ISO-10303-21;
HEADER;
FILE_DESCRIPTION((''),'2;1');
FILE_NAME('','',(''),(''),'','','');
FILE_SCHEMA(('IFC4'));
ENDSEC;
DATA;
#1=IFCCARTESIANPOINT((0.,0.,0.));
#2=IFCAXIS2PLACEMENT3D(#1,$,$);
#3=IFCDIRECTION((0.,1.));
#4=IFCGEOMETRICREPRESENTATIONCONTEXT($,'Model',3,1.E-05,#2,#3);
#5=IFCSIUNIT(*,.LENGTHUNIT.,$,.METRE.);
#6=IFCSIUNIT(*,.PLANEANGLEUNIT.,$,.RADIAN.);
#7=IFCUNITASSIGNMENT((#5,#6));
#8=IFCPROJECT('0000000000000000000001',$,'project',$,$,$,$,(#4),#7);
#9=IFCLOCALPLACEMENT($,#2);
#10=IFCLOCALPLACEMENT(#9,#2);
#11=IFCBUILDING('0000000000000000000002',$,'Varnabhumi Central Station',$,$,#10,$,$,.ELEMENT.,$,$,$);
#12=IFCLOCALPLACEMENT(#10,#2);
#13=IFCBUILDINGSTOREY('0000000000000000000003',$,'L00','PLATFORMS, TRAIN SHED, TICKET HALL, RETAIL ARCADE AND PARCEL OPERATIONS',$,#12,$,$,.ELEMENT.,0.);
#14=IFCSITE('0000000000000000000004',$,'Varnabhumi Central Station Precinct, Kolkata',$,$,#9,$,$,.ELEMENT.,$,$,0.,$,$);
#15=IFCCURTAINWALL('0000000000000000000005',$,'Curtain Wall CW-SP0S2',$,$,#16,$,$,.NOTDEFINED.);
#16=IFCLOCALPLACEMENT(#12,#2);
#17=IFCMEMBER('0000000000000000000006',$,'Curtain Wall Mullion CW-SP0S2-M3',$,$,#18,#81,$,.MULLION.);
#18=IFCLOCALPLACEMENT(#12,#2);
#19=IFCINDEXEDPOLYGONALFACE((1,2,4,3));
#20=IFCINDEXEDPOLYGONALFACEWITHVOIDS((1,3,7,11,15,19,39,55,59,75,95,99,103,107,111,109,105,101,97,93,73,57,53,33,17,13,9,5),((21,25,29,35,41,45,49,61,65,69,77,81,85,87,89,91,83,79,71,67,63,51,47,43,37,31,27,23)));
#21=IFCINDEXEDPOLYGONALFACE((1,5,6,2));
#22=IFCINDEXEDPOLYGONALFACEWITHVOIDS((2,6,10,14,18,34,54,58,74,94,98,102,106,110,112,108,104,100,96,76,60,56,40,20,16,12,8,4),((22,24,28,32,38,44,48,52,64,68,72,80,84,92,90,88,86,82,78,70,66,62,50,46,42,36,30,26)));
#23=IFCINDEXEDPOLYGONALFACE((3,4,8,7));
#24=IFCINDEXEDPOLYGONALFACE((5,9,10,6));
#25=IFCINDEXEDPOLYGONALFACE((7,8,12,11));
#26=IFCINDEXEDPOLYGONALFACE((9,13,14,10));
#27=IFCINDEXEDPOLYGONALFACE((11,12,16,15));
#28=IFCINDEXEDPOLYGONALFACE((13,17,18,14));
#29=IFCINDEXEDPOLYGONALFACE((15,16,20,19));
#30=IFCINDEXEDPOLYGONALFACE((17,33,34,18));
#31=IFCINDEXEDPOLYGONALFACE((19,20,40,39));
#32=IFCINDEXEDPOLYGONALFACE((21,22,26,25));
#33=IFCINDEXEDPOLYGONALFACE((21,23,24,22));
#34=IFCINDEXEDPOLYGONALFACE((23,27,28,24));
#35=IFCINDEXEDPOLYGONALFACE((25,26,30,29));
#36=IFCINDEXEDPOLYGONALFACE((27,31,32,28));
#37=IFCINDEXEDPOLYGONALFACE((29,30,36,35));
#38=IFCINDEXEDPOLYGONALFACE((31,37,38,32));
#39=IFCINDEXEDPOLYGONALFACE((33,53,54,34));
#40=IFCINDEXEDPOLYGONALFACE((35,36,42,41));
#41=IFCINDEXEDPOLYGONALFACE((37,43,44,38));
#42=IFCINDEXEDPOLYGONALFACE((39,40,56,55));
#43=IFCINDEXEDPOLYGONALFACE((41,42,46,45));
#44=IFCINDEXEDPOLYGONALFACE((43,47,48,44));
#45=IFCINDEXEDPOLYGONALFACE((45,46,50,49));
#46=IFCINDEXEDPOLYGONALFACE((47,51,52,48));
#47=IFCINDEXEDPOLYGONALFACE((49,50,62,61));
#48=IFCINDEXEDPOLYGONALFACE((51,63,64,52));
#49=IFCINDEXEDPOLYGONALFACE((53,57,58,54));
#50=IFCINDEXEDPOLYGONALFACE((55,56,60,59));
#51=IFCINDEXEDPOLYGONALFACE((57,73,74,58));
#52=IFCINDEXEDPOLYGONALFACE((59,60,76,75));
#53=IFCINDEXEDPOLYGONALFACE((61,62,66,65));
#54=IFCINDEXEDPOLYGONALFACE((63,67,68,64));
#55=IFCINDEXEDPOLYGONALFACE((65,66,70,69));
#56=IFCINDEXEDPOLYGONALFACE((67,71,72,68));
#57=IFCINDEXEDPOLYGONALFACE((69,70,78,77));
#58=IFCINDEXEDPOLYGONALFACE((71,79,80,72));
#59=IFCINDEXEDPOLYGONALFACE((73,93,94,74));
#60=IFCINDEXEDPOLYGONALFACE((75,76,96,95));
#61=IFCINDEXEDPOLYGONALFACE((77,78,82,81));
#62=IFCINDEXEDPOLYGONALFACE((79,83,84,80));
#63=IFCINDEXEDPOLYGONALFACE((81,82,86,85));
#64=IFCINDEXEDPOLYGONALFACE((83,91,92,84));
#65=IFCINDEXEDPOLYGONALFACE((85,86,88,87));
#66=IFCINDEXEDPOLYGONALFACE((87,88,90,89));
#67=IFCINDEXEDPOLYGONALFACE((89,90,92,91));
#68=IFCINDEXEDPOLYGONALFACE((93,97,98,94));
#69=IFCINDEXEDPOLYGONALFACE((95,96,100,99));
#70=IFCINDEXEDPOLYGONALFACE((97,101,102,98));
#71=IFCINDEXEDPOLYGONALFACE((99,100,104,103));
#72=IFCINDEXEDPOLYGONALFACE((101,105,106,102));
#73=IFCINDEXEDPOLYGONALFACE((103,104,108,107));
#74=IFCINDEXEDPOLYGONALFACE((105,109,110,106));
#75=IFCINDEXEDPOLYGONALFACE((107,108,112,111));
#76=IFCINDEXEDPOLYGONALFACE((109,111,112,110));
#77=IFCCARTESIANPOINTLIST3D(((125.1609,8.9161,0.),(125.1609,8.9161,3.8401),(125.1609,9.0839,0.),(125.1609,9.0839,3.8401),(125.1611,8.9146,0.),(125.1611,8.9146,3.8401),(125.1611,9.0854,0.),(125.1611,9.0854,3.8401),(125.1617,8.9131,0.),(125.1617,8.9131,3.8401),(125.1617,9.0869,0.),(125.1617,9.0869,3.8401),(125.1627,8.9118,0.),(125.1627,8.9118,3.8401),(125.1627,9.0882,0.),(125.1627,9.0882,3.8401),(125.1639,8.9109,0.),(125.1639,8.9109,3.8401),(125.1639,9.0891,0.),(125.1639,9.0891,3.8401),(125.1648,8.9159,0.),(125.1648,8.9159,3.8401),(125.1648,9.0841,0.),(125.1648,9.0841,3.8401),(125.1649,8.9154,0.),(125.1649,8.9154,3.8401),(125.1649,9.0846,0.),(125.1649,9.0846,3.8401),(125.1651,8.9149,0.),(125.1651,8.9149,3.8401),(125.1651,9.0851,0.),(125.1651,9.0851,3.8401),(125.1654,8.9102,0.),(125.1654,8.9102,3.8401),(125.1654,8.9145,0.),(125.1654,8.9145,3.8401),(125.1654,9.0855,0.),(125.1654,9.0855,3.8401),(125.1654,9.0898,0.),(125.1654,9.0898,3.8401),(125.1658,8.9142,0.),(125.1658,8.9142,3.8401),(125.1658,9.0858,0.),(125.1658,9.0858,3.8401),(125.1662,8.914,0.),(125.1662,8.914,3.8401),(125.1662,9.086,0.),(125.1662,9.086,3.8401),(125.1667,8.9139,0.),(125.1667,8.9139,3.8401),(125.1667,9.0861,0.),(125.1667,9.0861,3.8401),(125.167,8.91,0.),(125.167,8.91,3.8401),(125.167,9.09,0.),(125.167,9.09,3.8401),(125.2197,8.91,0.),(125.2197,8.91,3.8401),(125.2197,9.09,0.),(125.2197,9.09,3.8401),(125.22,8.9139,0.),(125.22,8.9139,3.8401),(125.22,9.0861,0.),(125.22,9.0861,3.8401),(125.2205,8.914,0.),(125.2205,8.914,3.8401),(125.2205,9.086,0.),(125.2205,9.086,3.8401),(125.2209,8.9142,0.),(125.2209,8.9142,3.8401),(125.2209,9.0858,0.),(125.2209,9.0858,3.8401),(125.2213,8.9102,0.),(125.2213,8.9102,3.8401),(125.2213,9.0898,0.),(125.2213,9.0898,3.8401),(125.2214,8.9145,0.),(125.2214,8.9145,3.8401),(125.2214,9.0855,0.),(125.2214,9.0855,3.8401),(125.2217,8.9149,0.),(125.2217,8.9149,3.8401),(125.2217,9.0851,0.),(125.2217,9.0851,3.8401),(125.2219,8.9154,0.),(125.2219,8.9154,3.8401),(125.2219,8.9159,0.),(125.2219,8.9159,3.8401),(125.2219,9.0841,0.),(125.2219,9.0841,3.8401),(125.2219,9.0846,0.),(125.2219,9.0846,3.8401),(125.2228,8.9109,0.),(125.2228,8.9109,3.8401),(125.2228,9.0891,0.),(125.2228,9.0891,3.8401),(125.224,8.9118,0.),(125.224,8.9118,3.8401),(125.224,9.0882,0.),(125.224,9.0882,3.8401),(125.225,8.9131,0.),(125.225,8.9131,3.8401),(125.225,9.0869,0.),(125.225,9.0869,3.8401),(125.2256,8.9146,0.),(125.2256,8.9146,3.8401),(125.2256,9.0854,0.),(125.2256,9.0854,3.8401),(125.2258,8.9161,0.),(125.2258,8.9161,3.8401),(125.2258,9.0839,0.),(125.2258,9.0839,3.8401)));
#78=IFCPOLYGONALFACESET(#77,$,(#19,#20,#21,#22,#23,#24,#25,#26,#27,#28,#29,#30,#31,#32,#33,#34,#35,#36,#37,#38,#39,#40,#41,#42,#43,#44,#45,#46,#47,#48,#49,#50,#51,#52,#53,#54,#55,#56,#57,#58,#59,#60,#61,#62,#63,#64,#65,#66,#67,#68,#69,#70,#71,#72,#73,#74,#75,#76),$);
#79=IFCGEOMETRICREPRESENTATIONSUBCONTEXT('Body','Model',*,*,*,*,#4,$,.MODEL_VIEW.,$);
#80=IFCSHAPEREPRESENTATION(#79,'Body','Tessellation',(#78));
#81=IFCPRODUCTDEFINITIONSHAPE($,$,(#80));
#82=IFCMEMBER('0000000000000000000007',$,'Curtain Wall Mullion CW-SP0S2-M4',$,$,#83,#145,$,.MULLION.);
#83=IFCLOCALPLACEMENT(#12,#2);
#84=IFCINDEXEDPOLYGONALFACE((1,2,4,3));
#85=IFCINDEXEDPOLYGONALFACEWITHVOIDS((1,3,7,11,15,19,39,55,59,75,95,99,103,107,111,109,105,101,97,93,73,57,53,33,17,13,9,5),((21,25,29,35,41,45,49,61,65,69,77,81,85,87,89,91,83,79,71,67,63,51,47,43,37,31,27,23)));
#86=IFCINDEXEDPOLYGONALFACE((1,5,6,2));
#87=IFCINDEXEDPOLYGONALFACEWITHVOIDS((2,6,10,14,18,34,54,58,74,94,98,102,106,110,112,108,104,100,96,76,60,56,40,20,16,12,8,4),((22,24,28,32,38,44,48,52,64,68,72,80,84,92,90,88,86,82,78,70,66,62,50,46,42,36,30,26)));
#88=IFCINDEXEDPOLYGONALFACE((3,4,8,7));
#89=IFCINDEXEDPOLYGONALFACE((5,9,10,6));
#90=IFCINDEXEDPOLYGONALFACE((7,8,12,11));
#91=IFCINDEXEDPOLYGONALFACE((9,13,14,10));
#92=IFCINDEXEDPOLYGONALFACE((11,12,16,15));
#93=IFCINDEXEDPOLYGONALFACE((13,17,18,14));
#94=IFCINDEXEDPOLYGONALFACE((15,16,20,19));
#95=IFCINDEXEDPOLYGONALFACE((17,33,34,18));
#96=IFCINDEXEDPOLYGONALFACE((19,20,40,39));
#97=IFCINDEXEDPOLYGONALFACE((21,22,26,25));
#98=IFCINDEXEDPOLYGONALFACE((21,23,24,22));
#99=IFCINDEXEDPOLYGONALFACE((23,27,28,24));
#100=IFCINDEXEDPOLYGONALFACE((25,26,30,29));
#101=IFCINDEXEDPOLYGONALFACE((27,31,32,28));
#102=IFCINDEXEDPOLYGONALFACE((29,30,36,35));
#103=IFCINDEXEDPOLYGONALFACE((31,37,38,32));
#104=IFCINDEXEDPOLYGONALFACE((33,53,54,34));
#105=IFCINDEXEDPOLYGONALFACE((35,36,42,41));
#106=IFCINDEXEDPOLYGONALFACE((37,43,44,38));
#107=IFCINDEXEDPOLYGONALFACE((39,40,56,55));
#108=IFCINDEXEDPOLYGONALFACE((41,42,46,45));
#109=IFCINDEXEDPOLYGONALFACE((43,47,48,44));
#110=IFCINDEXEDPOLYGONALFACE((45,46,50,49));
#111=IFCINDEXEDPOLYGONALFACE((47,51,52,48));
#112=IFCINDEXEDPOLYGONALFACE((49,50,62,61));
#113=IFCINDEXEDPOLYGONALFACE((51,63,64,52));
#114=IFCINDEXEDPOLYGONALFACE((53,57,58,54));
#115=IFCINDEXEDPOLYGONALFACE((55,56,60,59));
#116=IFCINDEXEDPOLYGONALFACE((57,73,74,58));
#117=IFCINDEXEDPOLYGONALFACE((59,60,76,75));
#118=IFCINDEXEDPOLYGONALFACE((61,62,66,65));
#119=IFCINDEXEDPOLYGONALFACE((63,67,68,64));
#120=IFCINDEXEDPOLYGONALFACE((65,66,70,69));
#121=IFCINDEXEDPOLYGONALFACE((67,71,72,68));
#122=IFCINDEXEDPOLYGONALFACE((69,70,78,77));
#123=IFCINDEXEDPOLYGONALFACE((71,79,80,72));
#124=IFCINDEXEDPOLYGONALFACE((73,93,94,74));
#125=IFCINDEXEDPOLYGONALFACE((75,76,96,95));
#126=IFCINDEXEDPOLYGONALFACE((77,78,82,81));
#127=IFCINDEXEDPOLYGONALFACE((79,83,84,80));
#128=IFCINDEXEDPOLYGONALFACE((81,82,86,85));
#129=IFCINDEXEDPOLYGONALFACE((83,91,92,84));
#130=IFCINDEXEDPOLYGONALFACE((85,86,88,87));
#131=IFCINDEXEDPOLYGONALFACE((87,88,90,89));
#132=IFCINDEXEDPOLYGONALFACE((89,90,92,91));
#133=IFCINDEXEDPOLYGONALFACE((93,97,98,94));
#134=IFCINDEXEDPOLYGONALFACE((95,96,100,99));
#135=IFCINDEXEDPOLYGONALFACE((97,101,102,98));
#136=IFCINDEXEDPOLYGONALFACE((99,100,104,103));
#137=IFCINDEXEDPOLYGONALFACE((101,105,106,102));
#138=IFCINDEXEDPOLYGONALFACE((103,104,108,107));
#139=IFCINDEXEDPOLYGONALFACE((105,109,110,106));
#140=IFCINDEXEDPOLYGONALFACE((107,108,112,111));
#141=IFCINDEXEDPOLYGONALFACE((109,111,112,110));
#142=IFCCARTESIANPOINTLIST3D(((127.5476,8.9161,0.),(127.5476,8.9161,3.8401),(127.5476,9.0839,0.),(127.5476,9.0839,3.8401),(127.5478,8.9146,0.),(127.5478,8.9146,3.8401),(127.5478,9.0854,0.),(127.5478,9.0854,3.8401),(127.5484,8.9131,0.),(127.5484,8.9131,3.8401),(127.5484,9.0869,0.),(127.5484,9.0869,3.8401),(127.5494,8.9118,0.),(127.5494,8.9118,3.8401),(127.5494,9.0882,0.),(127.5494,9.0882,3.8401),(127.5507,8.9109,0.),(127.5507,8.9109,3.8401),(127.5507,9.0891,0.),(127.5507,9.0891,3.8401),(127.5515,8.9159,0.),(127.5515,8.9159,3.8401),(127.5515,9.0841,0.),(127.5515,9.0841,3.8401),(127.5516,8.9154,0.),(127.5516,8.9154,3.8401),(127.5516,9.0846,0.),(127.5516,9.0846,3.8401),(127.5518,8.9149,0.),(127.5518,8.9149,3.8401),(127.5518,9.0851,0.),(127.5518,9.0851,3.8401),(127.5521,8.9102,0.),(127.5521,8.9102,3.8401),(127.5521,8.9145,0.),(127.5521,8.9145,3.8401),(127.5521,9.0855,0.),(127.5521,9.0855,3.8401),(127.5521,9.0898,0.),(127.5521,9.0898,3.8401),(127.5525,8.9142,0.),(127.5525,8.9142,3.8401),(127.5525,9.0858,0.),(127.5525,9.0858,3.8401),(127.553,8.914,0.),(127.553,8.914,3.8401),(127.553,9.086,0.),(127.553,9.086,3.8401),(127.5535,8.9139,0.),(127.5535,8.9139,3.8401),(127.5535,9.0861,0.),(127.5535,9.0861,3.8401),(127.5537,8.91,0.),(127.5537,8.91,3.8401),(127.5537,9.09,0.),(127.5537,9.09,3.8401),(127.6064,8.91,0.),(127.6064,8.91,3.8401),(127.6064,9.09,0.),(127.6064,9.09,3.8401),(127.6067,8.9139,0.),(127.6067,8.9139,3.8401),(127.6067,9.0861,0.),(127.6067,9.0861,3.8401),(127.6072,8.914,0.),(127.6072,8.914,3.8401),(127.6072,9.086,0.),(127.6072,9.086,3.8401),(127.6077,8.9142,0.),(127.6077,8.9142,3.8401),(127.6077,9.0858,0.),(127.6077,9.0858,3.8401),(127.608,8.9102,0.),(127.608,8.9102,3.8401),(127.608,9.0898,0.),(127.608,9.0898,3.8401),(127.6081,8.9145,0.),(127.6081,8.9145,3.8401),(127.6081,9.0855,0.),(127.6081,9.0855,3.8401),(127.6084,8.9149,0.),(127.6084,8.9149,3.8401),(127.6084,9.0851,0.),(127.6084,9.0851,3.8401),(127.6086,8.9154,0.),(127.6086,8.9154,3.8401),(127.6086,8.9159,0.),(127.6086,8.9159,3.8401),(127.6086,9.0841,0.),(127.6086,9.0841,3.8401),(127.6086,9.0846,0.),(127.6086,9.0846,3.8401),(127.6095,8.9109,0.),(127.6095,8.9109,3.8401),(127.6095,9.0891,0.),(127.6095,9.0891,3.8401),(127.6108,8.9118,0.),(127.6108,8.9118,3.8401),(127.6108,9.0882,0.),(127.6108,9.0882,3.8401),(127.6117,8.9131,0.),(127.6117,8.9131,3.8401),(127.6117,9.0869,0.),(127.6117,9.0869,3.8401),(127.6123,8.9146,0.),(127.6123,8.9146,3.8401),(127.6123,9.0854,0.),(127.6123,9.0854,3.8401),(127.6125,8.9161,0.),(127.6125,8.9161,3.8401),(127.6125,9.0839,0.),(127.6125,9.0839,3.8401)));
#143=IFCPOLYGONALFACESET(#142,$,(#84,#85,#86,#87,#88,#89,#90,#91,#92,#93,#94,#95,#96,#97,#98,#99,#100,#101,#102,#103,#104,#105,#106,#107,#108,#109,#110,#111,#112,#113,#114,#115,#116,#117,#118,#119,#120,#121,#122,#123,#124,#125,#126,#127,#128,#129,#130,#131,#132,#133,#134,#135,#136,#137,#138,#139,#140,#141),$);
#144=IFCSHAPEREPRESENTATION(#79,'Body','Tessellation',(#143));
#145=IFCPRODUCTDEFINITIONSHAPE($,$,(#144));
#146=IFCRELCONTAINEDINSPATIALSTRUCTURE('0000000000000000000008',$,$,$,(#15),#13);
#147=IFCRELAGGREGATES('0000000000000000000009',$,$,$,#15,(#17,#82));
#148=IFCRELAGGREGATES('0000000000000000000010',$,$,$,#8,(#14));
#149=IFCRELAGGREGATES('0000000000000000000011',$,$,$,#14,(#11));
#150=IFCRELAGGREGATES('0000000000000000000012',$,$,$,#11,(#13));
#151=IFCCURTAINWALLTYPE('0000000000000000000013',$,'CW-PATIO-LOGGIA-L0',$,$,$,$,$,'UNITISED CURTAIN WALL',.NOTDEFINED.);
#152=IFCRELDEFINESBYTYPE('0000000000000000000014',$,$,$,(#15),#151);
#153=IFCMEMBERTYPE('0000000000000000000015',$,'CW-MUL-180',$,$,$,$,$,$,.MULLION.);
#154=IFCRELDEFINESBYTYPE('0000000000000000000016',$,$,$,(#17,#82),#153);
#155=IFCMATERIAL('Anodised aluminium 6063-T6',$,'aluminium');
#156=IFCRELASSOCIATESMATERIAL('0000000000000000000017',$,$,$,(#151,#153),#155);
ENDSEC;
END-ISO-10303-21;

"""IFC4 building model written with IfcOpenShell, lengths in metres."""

from ifc_helpers import new_model, si_unit, direction, frame, origin, origin_2d, place, context, subcontext, project, spatial, hollow_rectangle, extrude, material, material_profile, profile_set, type_object, element, aggregate, save


model = new_model("IFC4")

# Units and contexts
model_context = context("Model", 3, precision=1e-05, world=origin(), true_north=direction((0.0, 1.0)))
body_context = subcontext(model_context, "Body", "Model", "MODEL_VIEW")
ifc_project = project(units=[si_unit("LENGTHUNIT", "METRE"), si_unit("PLANEANGLEUNIT", "RADIAN")], contexts=[model_context])

# Site, building, storey
site_placement = place(None, origin())
site = spatial("IfcSite", under=ifc_project, at=site_placement, Name="Varnabhumi Central Station Precinct, Kolkata", CompositionType="ELEMENT", RefElevation=0.0)
building_placement = place(site_placement, origin())
building = spatial("IfcBuilding", under=site, at=building_placement, Name="Varnabhumi Central Station", CompositionType="ELEMENT")
storey_placement = place(building_placement, origin())
storey = spatial("IfcBuildingStorey", under=building, at=storey_placement, Name="L00", Description="PLATFORMS, TRAIN SHED, TICKET HALL, RETAIL ARCADE AND PARCEL OPERATIONS", CompositionType="ELEMENT", Elevation=0.0)

# Curtain wall, members
ifc_material_1 = material(Name="Anodised aluminium 6063-T6", Category="aluminium")
curtain_wall_type = type_object("IfcCurtainWallType", Name="CW-PATIO-LOGGIA-L0", ElementType="UNITISED CURTAIN WALL", PredefinedType="NOTDEFINED", material=ifc_material_1)
curtain_wall_placement = place(storey_placement, origin())
curtain_wall = element("IfcCurtainWall", 1, at=curtain_wall_placement, inside=storey, type_object=curtain_wall_type, Name="Curtain Wall CW-SP0S2", PredefinedType="NOTDEFINED")
ifc_material_profile_1 = material_profile(ifc_material_1, hollow_rectangle(XDim=0.0649, YDim=0.1799, WallThickness=0.0039, InnerFilletRadius=0.002, OuterFilletRadius=0.0061, at=origin_2d()), Name="Anodised aluminium 6063-T6", Category="aluminium")
ifc_profile_set_1 = profile_set([ifc_material_profile_1], Name="Anodised aluminium 6063-T6")
member_type_1 = type_object("IfcMemberType", Name="CW-MUL-180", PredefinedType="MULLION", material=ifc_profile_set_1)
member_1_placement = place(storey_placement, frame((125.1934, 9.0, 0.0), z_axis=(0.0, 0.0, 1.0), x_axis=(1.0, 0.0, 0.0)))
member_1 = element("IfcMember", 2, at=member_1_placement, type_object=member_type_1, Name="Curtain Wall Mullion CW-SP0S2-M3", PredefinedType="MULLION", context=body_context, shape_type="SweptSolid", body=[
    extrude(hollow_rectangle(XDim=0.0649, YDim=0.1799, WallThickness=0.0039, InnerFilletRadius=0.002, OuterFilletRadius=0.0061, at=origin_2d()), origin(), (0.0, 0.0, 1.0), 3.8401),
])
member_2_placement = place(storey_placement, frame((127.5801, 9.0, 0.0), z_axis=(0.0, 0.0, 1.0), x_axis=(1.0, 0.0, 0.0)))
member_2 = element("IfcMember", 3, at=member_2_placement, type_object=member_type_1, Name="Curtain Wall Mullion CW-SP0S2-M4", PredefinedType="MULLION", context=body_context, shape_type="SweptSolid", body=[
    extrude(hollow_rectangle(XDim=0.0649, YDim=0.1799, WallThickness=0.0039, InnerFilletRadius=0.002, OuterFilletRadius=0.0061, at=origin_2d()), origin(), (0.0, 0.0, 1.0), 3.8401),
])
aggregate(curtain_wall, [member_1, member_2])

save(model, "model.ifc")
